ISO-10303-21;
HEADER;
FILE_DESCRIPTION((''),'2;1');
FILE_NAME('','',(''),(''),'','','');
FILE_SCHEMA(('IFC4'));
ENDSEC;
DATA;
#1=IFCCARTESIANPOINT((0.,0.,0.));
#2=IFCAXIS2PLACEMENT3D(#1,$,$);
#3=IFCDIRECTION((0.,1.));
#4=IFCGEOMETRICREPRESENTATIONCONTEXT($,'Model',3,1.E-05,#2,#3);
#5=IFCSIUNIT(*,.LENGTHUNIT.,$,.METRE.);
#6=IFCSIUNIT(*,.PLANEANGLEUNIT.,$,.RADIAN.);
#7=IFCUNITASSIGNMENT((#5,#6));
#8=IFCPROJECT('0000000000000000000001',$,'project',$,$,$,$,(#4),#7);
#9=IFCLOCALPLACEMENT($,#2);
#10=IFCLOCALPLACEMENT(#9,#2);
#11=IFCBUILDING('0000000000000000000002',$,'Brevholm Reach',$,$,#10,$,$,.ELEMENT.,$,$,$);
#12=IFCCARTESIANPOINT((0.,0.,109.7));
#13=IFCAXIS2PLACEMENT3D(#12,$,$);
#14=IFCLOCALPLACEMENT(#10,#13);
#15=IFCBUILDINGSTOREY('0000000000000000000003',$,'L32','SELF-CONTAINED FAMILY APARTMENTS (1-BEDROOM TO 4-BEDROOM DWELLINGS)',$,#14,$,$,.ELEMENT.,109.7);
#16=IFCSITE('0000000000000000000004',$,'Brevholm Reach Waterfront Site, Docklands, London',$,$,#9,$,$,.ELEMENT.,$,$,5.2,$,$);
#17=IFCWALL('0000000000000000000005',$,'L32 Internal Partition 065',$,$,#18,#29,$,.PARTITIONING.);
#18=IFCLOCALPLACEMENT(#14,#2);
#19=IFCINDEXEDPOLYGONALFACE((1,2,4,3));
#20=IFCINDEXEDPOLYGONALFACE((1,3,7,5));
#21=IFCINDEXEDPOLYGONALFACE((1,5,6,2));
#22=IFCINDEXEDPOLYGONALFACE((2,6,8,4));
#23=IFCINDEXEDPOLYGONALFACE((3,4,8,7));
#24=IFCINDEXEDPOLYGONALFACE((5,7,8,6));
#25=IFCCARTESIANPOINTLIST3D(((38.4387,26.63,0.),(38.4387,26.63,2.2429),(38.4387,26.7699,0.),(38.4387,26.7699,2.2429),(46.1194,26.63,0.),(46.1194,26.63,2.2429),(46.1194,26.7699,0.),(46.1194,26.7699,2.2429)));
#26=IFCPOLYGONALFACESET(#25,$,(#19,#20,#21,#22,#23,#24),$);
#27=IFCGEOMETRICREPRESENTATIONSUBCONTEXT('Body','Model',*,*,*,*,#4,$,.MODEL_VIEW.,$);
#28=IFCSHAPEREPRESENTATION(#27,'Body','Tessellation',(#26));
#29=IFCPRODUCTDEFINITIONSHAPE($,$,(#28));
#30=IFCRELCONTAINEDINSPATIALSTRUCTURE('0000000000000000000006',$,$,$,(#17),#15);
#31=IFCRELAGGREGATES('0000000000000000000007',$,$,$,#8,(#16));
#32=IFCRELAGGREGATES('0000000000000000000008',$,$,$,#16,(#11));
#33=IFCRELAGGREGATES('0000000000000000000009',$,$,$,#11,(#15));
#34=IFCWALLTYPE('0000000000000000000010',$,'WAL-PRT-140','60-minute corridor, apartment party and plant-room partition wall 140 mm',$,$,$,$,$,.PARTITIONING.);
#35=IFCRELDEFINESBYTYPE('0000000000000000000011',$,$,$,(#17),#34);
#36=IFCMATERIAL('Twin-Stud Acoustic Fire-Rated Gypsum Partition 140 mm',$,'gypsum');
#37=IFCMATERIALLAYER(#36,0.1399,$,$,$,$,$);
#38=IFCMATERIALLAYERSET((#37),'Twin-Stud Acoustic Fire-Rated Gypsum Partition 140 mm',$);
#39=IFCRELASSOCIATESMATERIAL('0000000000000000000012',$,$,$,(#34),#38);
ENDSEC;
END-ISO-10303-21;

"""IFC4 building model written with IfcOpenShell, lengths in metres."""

from ifc_helpers import new_model, si_unit, direction, frame, frame_2d, origin, place, context, subcontext, project, spatial, rectangle, extrude, material, layer, layer_set, type_object, element, save


model = new_model("IFC4")

# Units and contexts
model_context = context("Model", 3, precision=1e-05, world=origin(), true_north=direction((0.0, 1.0)))
body_context = subcontext(model_context, "Body", "Model", "MODEL_VIEW")
ifc_project = project(units=[si_unit("LENGTHUNIT", "METRE"), si_unit("PLANEANGLEUNIT", "RADIAN")], contexts=[model_context])

# Site, building, storey
site_placement = place(None, origin())
site = spatial("IfcSite", under=ifc_project, at=site_placement, Name="Brevholm Reach Waterfront Site, Docklands, London", CompositionType="ELEMENT", RefElevation=5.2)
building_placement = place(site_placement, origin())
building = spatial("IfcBuilding", under=site, at=building_placement, Name="Brevholm Reach", CompositionType="ELEMENT")
storey_placement = place(building_placement, frame((0.0, 0.0, 109.7)))
storey = spatial("IfcBuildingStorey", under=building, at=storey_placement, Name="L32", Description="SELF-CONTAINED FAMILY APARTMENTS (1-BEDROOM TO 4-BEDROOM DWELLINGS)", CompositionType="ELEMENT", Elevation=109.7)

# Wall
ifc_material_1 = material(Name="Twin-Stud Acoustic Fire-Rated Gypsum Partition 140 mm", Category="gypsum")
ifc_layer_1 = layer(ifc_material_1, 0.1399)
ifc_layer_set_1 = layer_set([ifc_layer_1], Name="Twin-Stud Acoustic Fire-Rated Gypsum Partition 140 mm")
wall_type_1 = type_object("IfcWallType", Name="WAL-PRT-140", Description="60-minute corridor, apartment party and plant-room partition wall 140 mm", PredefinedType="PARTITIONING", material=ifc_layer_set_1)
wall_1_placement = place(storey_placement, frame((38.4387, 26.7, 0.0), z_axis=(0.0, 0.0, 1.0), x_axis=(1.0, 0.0, 0.0)))
element("IfcWall", 1, at=wall_1_placement, inside=storey, type_object=wall_type_1, Name="L32 Internal Partition 065", PredefinedType="PARTITIONING", context=body_context, shape_type="SweptSolid", body=[
    extrude(rectangle(XDim=7.6807, YDim=0.1399, at=frame_2d((3.8403, 0.0))), origin(), (0.0, 0.0, 1.0), 2.2429),
])

save(model, "model.ifc")
